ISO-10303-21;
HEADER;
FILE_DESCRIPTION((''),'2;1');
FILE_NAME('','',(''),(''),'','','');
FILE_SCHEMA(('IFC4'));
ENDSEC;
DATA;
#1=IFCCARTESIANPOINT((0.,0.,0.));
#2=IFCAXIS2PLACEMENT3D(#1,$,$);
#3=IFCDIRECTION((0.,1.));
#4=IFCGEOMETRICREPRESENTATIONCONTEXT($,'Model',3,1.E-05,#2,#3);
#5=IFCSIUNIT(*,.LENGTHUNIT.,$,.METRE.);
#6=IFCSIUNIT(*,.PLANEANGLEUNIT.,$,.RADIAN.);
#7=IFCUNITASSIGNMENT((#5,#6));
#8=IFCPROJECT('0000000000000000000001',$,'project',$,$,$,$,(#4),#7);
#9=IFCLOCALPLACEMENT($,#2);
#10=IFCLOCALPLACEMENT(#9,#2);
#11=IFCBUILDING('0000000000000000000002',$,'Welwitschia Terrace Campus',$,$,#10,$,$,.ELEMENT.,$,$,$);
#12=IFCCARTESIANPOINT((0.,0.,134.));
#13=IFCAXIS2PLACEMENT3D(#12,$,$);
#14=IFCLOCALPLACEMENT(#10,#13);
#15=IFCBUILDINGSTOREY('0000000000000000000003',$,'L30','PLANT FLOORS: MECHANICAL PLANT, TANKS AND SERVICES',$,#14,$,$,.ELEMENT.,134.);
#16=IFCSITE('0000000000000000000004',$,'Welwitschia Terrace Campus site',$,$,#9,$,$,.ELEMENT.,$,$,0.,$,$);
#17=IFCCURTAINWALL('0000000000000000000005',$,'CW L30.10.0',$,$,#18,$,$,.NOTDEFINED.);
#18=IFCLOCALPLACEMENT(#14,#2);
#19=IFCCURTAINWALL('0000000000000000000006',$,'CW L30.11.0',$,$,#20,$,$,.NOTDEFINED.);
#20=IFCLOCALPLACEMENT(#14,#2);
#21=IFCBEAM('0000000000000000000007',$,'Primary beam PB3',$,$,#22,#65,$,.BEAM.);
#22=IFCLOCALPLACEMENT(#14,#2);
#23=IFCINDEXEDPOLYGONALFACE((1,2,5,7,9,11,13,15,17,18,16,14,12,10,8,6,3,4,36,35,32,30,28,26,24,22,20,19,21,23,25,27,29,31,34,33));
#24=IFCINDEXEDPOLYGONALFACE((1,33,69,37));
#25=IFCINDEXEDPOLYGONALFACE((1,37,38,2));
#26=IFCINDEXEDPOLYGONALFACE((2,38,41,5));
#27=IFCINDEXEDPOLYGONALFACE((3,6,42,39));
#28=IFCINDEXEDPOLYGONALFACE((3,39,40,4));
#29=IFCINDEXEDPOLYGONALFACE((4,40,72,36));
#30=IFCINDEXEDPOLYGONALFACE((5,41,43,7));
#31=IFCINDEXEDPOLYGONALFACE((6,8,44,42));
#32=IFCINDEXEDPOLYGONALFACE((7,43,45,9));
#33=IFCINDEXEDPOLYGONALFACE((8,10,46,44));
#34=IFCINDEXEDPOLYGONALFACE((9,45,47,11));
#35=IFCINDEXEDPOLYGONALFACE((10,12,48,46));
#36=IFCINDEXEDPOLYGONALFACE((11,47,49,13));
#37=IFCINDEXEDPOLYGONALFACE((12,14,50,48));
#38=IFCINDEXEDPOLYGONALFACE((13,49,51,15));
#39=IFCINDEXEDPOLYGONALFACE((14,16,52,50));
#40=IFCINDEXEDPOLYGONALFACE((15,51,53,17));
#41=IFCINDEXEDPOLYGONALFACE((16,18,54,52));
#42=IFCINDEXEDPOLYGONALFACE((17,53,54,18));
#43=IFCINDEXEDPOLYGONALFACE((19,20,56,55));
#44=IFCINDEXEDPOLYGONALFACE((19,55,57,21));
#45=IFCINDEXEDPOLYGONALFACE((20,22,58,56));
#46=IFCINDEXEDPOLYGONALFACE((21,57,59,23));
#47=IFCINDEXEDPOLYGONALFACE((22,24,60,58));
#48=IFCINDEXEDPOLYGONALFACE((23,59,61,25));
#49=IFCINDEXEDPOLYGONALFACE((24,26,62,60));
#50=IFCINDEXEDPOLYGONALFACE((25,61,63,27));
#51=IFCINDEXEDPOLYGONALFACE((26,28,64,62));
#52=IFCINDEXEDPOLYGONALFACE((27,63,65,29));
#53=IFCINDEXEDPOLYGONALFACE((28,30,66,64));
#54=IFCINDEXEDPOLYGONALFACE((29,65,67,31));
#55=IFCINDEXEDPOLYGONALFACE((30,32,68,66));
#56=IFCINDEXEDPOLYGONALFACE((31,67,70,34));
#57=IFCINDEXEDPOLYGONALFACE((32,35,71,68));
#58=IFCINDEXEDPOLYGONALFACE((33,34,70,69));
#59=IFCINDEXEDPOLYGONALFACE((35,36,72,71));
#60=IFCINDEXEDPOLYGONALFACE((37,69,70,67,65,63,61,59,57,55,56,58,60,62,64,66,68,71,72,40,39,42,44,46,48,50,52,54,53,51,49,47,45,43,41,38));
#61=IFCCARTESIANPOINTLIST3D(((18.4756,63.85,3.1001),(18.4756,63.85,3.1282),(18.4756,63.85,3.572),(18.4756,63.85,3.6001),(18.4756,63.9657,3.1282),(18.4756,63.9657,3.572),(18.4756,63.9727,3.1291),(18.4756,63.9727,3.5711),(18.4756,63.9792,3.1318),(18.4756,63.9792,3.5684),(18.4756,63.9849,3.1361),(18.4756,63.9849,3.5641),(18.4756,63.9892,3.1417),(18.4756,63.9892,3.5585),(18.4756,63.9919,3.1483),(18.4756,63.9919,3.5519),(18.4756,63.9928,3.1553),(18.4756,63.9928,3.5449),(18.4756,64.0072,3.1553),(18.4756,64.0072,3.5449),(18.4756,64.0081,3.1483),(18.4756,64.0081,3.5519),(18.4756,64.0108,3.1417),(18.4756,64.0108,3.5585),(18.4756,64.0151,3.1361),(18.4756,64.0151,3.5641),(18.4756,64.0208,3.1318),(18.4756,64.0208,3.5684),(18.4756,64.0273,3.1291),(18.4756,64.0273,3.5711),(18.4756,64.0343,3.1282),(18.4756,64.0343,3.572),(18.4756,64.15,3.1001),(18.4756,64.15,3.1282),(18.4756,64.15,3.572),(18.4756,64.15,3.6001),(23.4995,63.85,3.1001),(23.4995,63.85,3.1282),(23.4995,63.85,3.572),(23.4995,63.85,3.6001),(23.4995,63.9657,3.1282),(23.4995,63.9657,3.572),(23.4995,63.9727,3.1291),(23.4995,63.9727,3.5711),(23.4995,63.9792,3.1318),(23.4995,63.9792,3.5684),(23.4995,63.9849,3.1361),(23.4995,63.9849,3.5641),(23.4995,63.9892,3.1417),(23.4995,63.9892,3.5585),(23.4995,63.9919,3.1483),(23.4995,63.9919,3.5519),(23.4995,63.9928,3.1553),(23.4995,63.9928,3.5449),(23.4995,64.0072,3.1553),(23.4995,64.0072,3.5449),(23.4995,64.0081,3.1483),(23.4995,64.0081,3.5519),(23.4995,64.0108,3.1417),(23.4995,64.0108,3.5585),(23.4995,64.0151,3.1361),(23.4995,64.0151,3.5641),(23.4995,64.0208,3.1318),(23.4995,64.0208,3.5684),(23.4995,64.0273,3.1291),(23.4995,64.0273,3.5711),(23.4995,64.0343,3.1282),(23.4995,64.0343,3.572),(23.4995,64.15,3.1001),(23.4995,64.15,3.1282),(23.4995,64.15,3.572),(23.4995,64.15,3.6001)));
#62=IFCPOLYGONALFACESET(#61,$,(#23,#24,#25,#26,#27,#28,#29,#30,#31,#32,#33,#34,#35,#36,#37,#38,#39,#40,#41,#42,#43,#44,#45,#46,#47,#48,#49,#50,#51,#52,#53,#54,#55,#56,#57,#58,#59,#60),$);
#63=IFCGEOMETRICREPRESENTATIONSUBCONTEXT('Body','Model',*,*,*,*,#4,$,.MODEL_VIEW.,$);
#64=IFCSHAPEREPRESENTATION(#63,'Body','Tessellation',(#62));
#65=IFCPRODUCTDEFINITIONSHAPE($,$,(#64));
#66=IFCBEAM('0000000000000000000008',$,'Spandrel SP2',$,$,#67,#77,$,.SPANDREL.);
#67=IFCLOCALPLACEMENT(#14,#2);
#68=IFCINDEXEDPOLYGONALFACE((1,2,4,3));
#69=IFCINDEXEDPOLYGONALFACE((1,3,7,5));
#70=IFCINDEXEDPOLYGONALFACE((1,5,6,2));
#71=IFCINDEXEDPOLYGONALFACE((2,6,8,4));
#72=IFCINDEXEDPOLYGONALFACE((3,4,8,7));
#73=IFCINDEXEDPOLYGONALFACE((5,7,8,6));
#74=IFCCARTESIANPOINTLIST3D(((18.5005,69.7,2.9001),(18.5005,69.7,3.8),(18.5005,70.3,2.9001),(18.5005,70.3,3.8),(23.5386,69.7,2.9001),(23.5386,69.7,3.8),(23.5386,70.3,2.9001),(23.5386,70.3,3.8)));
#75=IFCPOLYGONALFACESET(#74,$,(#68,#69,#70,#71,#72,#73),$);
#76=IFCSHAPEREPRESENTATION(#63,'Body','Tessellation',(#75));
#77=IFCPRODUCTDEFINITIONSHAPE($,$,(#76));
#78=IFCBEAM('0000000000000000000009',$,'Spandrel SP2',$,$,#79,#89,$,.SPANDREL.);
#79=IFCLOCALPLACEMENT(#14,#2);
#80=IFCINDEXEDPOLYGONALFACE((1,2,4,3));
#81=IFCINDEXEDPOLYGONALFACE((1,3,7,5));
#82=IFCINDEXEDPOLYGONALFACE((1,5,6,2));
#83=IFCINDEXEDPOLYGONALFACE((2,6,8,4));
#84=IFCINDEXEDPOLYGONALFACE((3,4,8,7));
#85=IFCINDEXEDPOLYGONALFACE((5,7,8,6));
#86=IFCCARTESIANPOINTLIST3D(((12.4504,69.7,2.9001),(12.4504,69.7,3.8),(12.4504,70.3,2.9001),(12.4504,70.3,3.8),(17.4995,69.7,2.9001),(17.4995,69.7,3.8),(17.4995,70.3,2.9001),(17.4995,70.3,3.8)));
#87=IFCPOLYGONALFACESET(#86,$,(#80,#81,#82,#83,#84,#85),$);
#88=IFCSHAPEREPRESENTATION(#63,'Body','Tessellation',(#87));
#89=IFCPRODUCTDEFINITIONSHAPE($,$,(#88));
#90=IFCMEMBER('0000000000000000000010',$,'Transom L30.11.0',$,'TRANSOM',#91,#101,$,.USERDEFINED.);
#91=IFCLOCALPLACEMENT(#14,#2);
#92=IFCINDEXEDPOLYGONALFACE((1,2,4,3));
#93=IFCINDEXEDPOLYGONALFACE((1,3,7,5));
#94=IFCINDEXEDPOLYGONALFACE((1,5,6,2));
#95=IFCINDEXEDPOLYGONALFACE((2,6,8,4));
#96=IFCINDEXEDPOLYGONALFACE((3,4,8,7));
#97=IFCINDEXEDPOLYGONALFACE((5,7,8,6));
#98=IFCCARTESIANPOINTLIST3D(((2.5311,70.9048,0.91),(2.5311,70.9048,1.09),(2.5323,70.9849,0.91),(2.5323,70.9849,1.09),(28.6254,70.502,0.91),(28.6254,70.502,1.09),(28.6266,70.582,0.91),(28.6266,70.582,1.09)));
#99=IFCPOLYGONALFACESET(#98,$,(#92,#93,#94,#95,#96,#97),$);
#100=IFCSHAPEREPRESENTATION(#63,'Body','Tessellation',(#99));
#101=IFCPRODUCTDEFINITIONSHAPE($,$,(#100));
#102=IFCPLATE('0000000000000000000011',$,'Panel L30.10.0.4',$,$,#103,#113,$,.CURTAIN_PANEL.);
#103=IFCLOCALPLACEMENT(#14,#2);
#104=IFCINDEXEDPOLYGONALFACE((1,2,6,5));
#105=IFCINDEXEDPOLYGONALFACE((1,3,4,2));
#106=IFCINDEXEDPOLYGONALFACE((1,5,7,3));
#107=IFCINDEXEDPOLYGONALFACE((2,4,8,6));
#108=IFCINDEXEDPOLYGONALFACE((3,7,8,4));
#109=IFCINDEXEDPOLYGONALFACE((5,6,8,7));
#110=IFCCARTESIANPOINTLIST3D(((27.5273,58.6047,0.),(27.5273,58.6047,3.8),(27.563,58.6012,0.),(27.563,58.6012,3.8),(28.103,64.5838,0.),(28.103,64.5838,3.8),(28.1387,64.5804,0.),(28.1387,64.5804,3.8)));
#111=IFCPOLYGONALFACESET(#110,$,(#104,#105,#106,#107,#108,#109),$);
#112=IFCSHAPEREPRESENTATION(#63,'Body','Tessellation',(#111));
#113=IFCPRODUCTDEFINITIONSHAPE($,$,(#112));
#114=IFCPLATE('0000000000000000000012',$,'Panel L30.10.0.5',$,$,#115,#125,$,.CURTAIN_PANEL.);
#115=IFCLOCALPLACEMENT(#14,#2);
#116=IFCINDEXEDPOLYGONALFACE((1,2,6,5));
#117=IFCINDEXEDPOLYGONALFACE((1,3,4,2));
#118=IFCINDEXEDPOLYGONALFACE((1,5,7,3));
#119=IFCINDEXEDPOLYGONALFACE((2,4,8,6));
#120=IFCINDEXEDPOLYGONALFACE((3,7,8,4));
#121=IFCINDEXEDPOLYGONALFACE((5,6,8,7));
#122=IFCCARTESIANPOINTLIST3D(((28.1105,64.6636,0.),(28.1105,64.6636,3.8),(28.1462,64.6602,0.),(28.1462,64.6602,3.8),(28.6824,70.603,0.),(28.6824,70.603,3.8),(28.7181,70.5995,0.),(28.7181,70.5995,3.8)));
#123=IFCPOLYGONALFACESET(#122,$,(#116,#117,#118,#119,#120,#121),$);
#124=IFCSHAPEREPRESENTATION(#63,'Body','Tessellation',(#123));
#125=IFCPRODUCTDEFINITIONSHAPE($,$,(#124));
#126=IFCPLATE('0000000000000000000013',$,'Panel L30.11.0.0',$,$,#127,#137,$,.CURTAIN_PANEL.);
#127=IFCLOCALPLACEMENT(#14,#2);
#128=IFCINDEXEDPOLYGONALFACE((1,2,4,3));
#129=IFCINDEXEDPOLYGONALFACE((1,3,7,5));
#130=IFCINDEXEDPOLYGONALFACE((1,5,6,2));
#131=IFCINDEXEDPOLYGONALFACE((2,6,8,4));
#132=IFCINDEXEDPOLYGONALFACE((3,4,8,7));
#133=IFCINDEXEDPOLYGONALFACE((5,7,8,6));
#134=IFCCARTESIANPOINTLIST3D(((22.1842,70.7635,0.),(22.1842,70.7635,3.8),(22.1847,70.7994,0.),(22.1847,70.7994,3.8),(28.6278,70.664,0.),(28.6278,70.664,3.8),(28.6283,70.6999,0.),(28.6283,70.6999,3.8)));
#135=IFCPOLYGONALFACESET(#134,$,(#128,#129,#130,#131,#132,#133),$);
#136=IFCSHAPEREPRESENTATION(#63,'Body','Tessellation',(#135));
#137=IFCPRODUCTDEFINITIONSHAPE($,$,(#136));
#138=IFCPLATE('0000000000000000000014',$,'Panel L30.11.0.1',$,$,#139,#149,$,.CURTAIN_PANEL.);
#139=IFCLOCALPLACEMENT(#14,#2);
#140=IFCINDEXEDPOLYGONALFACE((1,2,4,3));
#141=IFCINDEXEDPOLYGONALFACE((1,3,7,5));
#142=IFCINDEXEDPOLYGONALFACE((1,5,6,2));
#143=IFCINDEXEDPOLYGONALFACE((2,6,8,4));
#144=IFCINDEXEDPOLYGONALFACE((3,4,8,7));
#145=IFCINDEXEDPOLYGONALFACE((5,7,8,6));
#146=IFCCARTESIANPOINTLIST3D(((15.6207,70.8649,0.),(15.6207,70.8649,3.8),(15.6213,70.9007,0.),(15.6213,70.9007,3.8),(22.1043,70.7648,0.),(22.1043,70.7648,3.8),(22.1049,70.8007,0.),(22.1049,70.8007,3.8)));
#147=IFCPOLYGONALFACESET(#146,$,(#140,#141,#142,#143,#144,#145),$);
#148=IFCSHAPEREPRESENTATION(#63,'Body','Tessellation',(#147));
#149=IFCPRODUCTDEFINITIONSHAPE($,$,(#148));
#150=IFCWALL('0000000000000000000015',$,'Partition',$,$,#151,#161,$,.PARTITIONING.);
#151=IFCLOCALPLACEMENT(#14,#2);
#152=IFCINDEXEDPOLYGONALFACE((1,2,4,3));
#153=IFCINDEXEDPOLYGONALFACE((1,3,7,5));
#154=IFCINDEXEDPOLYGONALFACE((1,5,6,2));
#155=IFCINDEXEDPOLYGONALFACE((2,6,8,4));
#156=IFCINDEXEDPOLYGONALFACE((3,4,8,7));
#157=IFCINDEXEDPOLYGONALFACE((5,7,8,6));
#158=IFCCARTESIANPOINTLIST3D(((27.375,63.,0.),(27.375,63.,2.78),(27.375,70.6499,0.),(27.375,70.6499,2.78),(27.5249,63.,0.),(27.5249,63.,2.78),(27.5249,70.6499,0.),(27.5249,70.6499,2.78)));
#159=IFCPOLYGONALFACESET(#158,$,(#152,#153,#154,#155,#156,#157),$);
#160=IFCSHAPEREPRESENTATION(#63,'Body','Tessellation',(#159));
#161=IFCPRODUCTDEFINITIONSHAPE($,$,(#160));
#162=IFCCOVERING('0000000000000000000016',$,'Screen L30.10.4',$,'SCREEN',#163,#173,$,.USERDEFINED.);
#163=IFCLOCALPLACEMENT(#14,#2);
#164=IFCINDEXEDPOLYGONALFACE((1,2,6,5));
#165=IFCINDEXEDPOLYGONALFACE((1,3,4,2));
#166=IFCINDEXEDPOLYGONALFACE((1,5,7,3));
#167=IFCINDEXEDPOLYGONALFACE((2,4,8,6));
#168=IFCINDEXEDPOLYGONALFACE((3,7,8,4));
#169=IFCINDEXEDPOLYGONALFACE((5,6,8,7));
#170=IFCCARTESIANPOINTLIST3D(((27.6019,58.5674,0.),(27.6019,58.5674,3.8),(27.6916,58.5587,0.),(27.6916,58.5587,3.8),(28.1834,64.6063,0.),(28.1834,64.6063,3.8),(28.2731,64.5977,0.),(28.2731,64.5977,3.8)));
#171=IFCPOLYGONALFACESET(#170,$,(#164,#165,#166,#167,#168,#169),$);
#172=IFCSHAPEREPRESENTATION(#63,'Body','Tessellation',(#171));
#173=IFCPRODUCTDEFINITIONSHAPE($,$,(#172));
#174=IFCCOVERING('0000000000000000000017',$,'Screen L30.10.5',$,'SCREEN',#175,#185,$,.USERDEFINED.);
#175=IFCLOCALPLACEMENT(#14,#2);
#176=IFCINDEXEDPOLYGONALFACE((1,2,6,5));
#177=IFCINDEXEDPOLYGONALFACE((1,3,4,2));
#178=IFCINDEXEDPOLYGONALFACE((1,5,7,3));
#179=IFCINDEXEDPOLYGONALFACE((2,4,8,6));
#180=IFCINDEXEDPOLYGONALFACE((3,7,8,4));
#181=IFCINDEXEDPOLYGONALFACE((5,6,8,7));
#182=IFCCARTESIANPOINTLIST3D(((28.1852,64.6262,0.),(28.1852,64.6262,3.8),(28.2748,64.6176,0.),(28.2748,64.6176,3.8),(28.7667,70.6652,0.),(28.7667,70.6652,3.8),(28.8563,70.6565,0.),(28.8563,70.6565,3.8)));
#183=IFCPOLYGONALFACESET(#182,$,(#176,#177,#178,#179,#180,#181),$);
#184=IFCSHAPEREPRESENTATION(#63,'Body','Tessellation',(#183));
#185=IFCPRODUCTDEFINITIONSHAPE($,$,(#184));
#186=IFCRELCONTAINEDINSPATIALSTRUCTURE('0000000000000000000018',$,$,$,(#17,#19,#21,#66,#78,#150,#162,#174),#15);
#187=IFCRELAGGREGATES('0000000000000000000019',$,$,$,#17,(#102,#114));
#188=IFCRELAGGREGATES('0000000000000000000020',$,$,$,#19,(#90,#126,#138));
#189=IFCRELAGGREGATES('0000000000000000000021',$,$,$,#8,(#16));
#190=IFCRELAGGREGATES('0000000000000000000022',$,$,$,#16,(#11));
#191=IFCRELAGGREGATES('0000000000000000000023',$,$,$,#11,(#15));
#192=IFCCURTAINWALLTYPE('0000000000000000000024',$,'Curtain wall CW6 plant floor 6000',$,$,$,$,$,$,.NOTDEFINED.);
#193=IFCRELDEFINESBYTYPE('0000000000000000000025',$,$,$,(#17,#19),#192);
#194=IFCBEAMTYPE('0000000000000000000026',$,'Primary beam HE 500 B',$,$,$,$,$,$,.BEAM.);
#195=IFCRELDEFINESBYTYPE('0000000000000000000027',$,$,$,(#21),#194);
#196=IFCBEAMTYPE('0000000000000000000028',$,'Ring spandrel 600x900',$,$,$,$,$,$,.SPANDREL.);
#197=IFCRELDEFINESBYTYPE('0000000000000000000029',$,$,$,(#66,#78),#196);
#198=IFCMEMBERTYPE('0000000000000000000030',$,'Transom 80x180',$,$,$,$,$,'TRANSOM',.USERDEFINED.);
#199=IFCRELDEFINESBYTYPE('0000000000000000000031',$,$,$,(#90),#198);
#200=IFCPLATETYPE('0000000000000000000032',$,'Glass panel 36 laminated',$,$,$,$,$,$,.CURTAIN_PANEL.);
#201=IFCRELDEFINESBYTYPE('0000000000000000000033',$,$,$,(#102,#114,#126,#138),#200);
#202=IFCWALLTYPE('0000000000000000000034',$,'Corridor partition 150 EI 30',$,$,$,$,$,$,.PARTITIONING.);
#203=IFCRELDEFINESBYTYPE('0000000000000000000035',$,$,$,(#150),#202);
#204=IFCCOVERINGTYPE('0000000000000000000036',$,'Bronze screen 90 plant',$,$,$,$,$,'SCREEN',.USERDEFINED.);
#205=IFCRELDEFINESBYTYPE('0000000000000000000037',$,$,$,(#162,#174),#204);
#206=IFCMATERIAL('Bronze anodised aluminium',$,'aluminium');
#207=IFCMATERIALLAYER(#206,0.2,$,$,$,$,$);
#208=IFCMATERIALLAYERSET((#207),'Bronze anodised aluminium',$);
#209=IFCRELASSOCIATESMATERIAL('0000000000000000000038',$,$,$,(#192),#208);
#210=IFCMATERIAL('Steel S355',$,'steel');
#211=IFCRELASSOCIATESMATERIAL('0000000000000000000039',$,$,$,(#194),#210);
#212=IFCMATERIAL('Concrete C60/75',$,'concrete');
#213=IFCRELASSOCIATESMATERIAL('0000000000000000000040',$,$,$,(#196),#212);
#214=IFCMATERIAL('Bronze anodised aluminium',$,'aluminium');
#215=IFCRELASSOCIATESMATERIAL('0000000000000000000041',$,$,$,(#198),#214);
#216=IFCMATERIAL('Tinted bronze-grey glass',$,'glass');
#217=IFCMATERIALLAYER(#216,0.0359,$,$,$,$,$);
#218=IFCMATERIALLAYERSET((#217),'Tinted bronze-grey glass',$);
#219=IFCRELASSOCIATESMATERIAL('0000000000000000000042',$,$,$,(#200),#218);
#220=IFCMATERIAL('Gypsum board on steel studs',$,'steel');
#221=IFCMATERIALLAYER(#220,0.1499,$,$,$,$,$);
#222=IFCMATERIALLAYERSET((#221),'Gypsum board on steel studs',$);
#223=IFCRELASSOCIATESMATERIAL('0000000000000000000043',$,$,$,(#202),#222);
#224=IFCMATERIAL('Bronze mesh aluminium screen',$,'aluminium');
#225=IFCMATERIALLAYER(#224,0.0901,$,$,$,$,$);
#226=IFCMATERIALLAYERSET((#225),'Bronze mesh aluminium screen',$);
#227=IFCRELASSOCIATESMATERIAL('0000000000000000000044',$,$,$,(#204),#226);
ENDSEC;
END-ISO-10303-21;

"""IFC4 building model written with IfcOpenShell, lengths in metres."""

from ifc_helpers import new_model, si_unit, direction, frame, frame_2d, origin, origin_2d, place, context, subcontext, project, spatial, rectangle, i_section, extrude, material, layer, layer_set, material_profile, profile_set, type_object, element, aggregate, save


model = new_model("IFC4")

# Units and contexts
model_context = context("Model", 3, precision=1e-05, world=origin(), true_north=direction((0.0, 1.0)))
body_context = subcontext(model_context, "Body", "Model", "MODEL_VIEW")
ifc_project = project(units=[si_unit("LENGTHUNIT", "METRE"), si_unit("PLANEANGLEUNIT", "RADIAN")], contexts=[model_context])

# Site, building, storey
site_placement = place(None, origin())
site = spatial("IfcSite", under=ifc_project, at=site_placement, Name="Welwitschia Terrace Campus site", CompositionType="ELEMENT", RefElevation=0.0)
building_placement = place(site_placement, origin())
building = spatial("IfcBuilding", under=site, at=building_placement, Name="Welwitschia Terrace Campus", CompositionType="ELEMENT")
storey_placement = place(building_placement, frame((0.0, 0.0, 134.0)))
storey = spatial("IfcBuildingStorey", under=building, at=storey_placement, Name="L30", Description="PLANT FLOORS: MECHANICAL PLANT, TANKS AND SERVICES", CompositionType="ELEMENT", Elevation=134.0)

# Curtain walls
ifc_material_1 = material(Name="Bronze anodised aluminium", Category="aluminium")
ifc_layer_1 = layer(ifc_material_1, 0.2)
ifc_layer_set_1 = layer_set([ifc_layer_1], Name="Bronze anodised aluminium")
curtain_wall_type = type_object("IfcCurtainWallType", Name="Curtain wall CW6 plant floor 6000", PredefinedType="NOTDEFINED", material=ifc_layer_set_1)
curtain_wall_1_placement = place(storey_placement, origin())
curtain_wall_1 = element("IfcCurtainWall", 1, at=curtain_wall_1_placement, inside=storey, type_object=curtain_wall_type, Name="CW L30.10.0", PredefinedType="NOTDEFINED")
curtain_wall_2_placement = place(storey_placement, origin())
curtain_wall_2 = element("IfcCurtainWall", 2, at=curtain_wall_2_placement, inside=storey, type_object=curtain_wall_type, Name="CW L30.11.0", PredefinedType="NOTDEFINED")

# Beams
ifc_material_2 = material(Name="Steel S355", Category="steel")
ifc_material_profile_1 = material_profile(ifc_material_2, i_section(OverallWidth=0.3, OverallDepth=0.5, WebThickness=0.0144, FlangeThickness=0.0281, FilletRadius=0.0271, at=origin_2d()))
ifc_profile_set_1 = profile_set([ifc_material_profile_1], Name="Steel S355")
beam_type_1 = type_object("IfcBeamType", Name="Primary beam HE 500 B", PredefinedType="BEAM", material=ifc_profile_set_1)
beam_1_placement = place(storey_placement, frame((23.4995, 64.0, 3.3501), z_axis=(-1.0, 0.0, 0.0), x_axis=(0.0, -1.0, 0.0)))
element("IfcBeam", 3, at=beam_1_placement, inside=storey, type_object=beam_type_1, Name="Primary beam PB3", PredefinedType="BEAM", context=body_context, shape_type="SweptSolid", body=[
    extrude(i_section(OverallWidth=0.3, OverallDepth=0.5, WebThickness=0.0144, FlangeThickness=0.0281, FilletRadius=0.0271, at=origin_2d()), origin(), (0.0, 0.0, 1.0), 5.0239),
])
ifc_material_3 = material(Name="Concrete C60/75", Category="concrete")
ifc_material_profile_2 = material_profile(ifc_material_3, rectangle(XDim=0.6001, YDim=0.8999, at=origin_2d()))
ifc_profile_set_2 = profile_set([ifc_material_profile_2], Name="Concrete C60/75")
beam_type_2 = type_object("IfcBeamType", Name="Ring spandrel 600x900", PredefinedType="SPANDREL", material=ifc_profile_set_2)
beam_2_placement = place(storey_placement, frame((23.5386, 70.0, 3.3501), z_axis=(-1.0, 0.0, 0.0), x_axis=(0.0, -1.0, 0.0)))
element("IfcBeam", 4, at=beam_2_placement, inside=storey, type_object=beam_type_2, Name="Spandrel SP2", PredefinedType="SPANDREL", context=body_context, shape_type="SweptSolid", body=[
    extrude(rectangle(XDim=0.6001, YDim=0.8999, at=origin_2d()), origin(), (0.0, 0.0, 1.0), 5.0381),
])
beam_3_placement = place(storey_placement, frame((17.4995, 70.0, 3.3501), z_axis=(-1.0, 0.0, 0.0), x_axis=(0.0, -1.0, 0.0)))
element("IfcBeam", 5, at=beam_3_placement, inside=storey, type_object=beam_type_2, Name="Spandrel SP2", PredefinedType="SPANDREL", context=body_context, shape_type="SweptSolid", body=[
    extrude(rectangle(XDim=0.6001, YDim=0.8999, at=origin_2d()), origin(), (0.0, 0.0, 1.0), 5.0491),
])

# Member
ifc_material_4 = material(Name="Bronze anodised aluminium", Category="aluminium")
ifc_material_profile_3 = material_profile(ifc_material_4, rectangle(XDim=0.0801, YDim=0.1799, at=origin_2d()))
ifc_profile_set_3 = profile_set([ifc_material_profile_3], Name="Bronze anodised aluminium")
member_type_1 = type_object("IfcMemberType", Name="Transom 80x180", ElementType="TRANSOM", PredefinedType="USERDEFINED", material=ifc_profile_set_3)
member_1_placement = place(storey_placement, frame((28.626, 70.542, 1.0), z_axis=(-0.999881, 0.015436, 0.0), x_axis=(-0.015436, -0.999881, 0.0)))
member_1 = element("IfcMember", 6, at=member_1_placement, type_object=member_type_1, Name="Transom L30.11.0", ObjectType="TRANSOM", PredefinedType="USERDEFINED", context=body_context, shape_type="SweptSolid", body=[
    extrude(rectangle(XDim=0.0801, YDim=0.1799, at=origin_2d()), origin(), (0.0, 0.0, 1.0), 26.0974),
])

# Plates
ifc_material_5 = material(Name="Tinted bronze-grey glass", Category="glass")
ifc_layer_2 = layer(ifc_material_5, 0.0359)
ifc_layer_set_2 = layer_set([ifc_layer_2], Name="Tinted bronze-grey glass")
plate_type = type_object("IfcPlateType", Name="Glass panel 36 laminated", PredefinedType="CURTAIN_PANEL", material=ifc_layer_set_2)
plate_1_placement = place(storey_placement, frame((27.833, 61.5925, 0.0), z_axis=(0.0, 0.0, 1.0), x_axis=(0.095846, 0.995396, 0.0)))
plate_1 = element("IfcPlate", 7, at=plate_1_placement, type_object=plate_type, Name="Panel L30.10.0.4", PredefinedType="CURTAIN_PANEL", context=body_context, shape_type="SweptSolid", body=[
    extrude(rectangle(XDim=6.0068, YDim=0.0359, at=origin_2d()), origin(), (0.0, 0.0, 1.0), 3.8),
])
plate_2_placement = place(storey_placement, frame((28.4143, 67.6316, 0.0), z_axis=(0.0, 0.0, 1.0), x_axis=(0.095846, 0.995396, 0.0)))
plate_2 = element("IfcPlate", 8, at=plate_2_placement, type_object=plate_type, Name="Panel L30.10.0.5", PredefinedType="CURTAIN_PANEL", context=body_context, shape_type="SweptSolid", body=[
    extrude(rectangle(XDim=5.9668, YDim=0.0359, at=origin_2d()), origin(), (0.0, 0.0, 1.0), 3.8),
])
aggregate(curtain_wall_1, [plate_1, plate_2])
plate_3_placement = place(storey_placement, frame((25.4062, 70.7317, 0.0), z_axis=(0.0, 0.0, 1.0), x_axis=(-0.999881, 0.015433, 0.0)))
plate_3 = element("IfcPlate", 9, at=plate_3_placement, type_object=plate_type, Name="Panel L30.11.0.0", PredefinedType="CURTAIN_PANEL", context=body_context, shape_type="SweptSolid", body=[
    extrude(rectangle(XDim=6.4443, YDim=0.0359, at=origin_2d()), origin(), (0.0, 0.0, 1.0), 3.8),
])
plate_4_placement = place(storey_placement, frame((18.8628, 70.8328, 0.0), z_axis=(0.0, 0.0, 1.0), x_axis=(-0.999881, 0.015433, 0.0)))
plate_4 = element("IfcPlate", 10, at=plate_4_placement, type_object=plate_type, Name="Panel L30.11.0.1", PredefinedType="CURTAIN_PANEL", context=body_context, shape_type="SweptSolid", body=[
    extrude(rectangle(XDim=6.4844, YDim=0.0359, at=origin_2d()), origin(), (0.0, 0.0, 1.0), 3.8),
])
aggregate(curtain_wall_2, [member_1, plate_3, plate_4])

# Wall
ifc_material_6 = material(Name="Gypsum board on steel studs", Category="steel")
ifc_layer_3 = layer(ifc_material_6, 0.1499)
ifc_layer_set_3 = layer_set([ifc_layer_3], Name="Gypsum board on steel studs")
wall_type = type_object("IfcWallType", Name="Corridor partition 150 EI 30", PredefinedType="PARTITIONING", material=ifc_layer_set_3)
wall_placement = place(storey_placement, frame((27.45, 63.0, 0.0), z_axis=(0.0, 0.0, 1.0), x_axis=(0.0, 1.0, 0.0)))
element("IfcWall", 11, at=wall_placement, inside=storey, type_object=wall_type, Name="Partition", PredefinedType="PARTITIONING", context=body_context, shape_type="SweptSolid", body=[
    extrude(rectangle(XDim=7.6499, YDim=0.1499, at=frame_2d((3.825, 0.0))), origin(), (0.0, 0.0, 1.0), 2.78),
])

# Coverings
ifc_material_7 = material(Name="Bronze mesh aluminium screen", Category="aluminium")
ifc_layer_4 = layer(ifc_material_7, 0.0901)
ifc_layer_set_4 = layer_set([ifc_layer_4], Name="Bronze mesh aluminium screen")
covering_type = type_object("IfcCoveringType", Name="Bronze screen 90 plant", ElementType="SCREEN", PredefinedType="USERDEFINED", material=ifc_layer_set_4)
for number, where, z_axis, x_axis, name in (
    (12, (27.9375, 61.5825, 0.0), (0.0, 0.0, 1.0), (0.095846, 0.995396, 0.0), "Screen L30.10.4"),
    (13, (28.5208, 67.6414, 0.0), (0.0, 0.0, 1.0), (0.095846, 0.995396, 0.0), "Screen L30.10.5"),
):
    element("IfcCovering", number, at=place(storey_placement, frame(where, z_axis=z_axis, x_axis=x_axis)), inside=storey, type_object=covering_type, Name=name, ObjectType="SCREEN", PredefinedType="USERDEFINED", context=body_context, shape_type="SweptSolid", body=[
        extrude(rectangle(XDim=6.0669, YDim=0.0901, at=origin_2d()), origin(), (0.0, 0.0, 1.0), 3.8),
    ])

save(model, "model.ifc")
